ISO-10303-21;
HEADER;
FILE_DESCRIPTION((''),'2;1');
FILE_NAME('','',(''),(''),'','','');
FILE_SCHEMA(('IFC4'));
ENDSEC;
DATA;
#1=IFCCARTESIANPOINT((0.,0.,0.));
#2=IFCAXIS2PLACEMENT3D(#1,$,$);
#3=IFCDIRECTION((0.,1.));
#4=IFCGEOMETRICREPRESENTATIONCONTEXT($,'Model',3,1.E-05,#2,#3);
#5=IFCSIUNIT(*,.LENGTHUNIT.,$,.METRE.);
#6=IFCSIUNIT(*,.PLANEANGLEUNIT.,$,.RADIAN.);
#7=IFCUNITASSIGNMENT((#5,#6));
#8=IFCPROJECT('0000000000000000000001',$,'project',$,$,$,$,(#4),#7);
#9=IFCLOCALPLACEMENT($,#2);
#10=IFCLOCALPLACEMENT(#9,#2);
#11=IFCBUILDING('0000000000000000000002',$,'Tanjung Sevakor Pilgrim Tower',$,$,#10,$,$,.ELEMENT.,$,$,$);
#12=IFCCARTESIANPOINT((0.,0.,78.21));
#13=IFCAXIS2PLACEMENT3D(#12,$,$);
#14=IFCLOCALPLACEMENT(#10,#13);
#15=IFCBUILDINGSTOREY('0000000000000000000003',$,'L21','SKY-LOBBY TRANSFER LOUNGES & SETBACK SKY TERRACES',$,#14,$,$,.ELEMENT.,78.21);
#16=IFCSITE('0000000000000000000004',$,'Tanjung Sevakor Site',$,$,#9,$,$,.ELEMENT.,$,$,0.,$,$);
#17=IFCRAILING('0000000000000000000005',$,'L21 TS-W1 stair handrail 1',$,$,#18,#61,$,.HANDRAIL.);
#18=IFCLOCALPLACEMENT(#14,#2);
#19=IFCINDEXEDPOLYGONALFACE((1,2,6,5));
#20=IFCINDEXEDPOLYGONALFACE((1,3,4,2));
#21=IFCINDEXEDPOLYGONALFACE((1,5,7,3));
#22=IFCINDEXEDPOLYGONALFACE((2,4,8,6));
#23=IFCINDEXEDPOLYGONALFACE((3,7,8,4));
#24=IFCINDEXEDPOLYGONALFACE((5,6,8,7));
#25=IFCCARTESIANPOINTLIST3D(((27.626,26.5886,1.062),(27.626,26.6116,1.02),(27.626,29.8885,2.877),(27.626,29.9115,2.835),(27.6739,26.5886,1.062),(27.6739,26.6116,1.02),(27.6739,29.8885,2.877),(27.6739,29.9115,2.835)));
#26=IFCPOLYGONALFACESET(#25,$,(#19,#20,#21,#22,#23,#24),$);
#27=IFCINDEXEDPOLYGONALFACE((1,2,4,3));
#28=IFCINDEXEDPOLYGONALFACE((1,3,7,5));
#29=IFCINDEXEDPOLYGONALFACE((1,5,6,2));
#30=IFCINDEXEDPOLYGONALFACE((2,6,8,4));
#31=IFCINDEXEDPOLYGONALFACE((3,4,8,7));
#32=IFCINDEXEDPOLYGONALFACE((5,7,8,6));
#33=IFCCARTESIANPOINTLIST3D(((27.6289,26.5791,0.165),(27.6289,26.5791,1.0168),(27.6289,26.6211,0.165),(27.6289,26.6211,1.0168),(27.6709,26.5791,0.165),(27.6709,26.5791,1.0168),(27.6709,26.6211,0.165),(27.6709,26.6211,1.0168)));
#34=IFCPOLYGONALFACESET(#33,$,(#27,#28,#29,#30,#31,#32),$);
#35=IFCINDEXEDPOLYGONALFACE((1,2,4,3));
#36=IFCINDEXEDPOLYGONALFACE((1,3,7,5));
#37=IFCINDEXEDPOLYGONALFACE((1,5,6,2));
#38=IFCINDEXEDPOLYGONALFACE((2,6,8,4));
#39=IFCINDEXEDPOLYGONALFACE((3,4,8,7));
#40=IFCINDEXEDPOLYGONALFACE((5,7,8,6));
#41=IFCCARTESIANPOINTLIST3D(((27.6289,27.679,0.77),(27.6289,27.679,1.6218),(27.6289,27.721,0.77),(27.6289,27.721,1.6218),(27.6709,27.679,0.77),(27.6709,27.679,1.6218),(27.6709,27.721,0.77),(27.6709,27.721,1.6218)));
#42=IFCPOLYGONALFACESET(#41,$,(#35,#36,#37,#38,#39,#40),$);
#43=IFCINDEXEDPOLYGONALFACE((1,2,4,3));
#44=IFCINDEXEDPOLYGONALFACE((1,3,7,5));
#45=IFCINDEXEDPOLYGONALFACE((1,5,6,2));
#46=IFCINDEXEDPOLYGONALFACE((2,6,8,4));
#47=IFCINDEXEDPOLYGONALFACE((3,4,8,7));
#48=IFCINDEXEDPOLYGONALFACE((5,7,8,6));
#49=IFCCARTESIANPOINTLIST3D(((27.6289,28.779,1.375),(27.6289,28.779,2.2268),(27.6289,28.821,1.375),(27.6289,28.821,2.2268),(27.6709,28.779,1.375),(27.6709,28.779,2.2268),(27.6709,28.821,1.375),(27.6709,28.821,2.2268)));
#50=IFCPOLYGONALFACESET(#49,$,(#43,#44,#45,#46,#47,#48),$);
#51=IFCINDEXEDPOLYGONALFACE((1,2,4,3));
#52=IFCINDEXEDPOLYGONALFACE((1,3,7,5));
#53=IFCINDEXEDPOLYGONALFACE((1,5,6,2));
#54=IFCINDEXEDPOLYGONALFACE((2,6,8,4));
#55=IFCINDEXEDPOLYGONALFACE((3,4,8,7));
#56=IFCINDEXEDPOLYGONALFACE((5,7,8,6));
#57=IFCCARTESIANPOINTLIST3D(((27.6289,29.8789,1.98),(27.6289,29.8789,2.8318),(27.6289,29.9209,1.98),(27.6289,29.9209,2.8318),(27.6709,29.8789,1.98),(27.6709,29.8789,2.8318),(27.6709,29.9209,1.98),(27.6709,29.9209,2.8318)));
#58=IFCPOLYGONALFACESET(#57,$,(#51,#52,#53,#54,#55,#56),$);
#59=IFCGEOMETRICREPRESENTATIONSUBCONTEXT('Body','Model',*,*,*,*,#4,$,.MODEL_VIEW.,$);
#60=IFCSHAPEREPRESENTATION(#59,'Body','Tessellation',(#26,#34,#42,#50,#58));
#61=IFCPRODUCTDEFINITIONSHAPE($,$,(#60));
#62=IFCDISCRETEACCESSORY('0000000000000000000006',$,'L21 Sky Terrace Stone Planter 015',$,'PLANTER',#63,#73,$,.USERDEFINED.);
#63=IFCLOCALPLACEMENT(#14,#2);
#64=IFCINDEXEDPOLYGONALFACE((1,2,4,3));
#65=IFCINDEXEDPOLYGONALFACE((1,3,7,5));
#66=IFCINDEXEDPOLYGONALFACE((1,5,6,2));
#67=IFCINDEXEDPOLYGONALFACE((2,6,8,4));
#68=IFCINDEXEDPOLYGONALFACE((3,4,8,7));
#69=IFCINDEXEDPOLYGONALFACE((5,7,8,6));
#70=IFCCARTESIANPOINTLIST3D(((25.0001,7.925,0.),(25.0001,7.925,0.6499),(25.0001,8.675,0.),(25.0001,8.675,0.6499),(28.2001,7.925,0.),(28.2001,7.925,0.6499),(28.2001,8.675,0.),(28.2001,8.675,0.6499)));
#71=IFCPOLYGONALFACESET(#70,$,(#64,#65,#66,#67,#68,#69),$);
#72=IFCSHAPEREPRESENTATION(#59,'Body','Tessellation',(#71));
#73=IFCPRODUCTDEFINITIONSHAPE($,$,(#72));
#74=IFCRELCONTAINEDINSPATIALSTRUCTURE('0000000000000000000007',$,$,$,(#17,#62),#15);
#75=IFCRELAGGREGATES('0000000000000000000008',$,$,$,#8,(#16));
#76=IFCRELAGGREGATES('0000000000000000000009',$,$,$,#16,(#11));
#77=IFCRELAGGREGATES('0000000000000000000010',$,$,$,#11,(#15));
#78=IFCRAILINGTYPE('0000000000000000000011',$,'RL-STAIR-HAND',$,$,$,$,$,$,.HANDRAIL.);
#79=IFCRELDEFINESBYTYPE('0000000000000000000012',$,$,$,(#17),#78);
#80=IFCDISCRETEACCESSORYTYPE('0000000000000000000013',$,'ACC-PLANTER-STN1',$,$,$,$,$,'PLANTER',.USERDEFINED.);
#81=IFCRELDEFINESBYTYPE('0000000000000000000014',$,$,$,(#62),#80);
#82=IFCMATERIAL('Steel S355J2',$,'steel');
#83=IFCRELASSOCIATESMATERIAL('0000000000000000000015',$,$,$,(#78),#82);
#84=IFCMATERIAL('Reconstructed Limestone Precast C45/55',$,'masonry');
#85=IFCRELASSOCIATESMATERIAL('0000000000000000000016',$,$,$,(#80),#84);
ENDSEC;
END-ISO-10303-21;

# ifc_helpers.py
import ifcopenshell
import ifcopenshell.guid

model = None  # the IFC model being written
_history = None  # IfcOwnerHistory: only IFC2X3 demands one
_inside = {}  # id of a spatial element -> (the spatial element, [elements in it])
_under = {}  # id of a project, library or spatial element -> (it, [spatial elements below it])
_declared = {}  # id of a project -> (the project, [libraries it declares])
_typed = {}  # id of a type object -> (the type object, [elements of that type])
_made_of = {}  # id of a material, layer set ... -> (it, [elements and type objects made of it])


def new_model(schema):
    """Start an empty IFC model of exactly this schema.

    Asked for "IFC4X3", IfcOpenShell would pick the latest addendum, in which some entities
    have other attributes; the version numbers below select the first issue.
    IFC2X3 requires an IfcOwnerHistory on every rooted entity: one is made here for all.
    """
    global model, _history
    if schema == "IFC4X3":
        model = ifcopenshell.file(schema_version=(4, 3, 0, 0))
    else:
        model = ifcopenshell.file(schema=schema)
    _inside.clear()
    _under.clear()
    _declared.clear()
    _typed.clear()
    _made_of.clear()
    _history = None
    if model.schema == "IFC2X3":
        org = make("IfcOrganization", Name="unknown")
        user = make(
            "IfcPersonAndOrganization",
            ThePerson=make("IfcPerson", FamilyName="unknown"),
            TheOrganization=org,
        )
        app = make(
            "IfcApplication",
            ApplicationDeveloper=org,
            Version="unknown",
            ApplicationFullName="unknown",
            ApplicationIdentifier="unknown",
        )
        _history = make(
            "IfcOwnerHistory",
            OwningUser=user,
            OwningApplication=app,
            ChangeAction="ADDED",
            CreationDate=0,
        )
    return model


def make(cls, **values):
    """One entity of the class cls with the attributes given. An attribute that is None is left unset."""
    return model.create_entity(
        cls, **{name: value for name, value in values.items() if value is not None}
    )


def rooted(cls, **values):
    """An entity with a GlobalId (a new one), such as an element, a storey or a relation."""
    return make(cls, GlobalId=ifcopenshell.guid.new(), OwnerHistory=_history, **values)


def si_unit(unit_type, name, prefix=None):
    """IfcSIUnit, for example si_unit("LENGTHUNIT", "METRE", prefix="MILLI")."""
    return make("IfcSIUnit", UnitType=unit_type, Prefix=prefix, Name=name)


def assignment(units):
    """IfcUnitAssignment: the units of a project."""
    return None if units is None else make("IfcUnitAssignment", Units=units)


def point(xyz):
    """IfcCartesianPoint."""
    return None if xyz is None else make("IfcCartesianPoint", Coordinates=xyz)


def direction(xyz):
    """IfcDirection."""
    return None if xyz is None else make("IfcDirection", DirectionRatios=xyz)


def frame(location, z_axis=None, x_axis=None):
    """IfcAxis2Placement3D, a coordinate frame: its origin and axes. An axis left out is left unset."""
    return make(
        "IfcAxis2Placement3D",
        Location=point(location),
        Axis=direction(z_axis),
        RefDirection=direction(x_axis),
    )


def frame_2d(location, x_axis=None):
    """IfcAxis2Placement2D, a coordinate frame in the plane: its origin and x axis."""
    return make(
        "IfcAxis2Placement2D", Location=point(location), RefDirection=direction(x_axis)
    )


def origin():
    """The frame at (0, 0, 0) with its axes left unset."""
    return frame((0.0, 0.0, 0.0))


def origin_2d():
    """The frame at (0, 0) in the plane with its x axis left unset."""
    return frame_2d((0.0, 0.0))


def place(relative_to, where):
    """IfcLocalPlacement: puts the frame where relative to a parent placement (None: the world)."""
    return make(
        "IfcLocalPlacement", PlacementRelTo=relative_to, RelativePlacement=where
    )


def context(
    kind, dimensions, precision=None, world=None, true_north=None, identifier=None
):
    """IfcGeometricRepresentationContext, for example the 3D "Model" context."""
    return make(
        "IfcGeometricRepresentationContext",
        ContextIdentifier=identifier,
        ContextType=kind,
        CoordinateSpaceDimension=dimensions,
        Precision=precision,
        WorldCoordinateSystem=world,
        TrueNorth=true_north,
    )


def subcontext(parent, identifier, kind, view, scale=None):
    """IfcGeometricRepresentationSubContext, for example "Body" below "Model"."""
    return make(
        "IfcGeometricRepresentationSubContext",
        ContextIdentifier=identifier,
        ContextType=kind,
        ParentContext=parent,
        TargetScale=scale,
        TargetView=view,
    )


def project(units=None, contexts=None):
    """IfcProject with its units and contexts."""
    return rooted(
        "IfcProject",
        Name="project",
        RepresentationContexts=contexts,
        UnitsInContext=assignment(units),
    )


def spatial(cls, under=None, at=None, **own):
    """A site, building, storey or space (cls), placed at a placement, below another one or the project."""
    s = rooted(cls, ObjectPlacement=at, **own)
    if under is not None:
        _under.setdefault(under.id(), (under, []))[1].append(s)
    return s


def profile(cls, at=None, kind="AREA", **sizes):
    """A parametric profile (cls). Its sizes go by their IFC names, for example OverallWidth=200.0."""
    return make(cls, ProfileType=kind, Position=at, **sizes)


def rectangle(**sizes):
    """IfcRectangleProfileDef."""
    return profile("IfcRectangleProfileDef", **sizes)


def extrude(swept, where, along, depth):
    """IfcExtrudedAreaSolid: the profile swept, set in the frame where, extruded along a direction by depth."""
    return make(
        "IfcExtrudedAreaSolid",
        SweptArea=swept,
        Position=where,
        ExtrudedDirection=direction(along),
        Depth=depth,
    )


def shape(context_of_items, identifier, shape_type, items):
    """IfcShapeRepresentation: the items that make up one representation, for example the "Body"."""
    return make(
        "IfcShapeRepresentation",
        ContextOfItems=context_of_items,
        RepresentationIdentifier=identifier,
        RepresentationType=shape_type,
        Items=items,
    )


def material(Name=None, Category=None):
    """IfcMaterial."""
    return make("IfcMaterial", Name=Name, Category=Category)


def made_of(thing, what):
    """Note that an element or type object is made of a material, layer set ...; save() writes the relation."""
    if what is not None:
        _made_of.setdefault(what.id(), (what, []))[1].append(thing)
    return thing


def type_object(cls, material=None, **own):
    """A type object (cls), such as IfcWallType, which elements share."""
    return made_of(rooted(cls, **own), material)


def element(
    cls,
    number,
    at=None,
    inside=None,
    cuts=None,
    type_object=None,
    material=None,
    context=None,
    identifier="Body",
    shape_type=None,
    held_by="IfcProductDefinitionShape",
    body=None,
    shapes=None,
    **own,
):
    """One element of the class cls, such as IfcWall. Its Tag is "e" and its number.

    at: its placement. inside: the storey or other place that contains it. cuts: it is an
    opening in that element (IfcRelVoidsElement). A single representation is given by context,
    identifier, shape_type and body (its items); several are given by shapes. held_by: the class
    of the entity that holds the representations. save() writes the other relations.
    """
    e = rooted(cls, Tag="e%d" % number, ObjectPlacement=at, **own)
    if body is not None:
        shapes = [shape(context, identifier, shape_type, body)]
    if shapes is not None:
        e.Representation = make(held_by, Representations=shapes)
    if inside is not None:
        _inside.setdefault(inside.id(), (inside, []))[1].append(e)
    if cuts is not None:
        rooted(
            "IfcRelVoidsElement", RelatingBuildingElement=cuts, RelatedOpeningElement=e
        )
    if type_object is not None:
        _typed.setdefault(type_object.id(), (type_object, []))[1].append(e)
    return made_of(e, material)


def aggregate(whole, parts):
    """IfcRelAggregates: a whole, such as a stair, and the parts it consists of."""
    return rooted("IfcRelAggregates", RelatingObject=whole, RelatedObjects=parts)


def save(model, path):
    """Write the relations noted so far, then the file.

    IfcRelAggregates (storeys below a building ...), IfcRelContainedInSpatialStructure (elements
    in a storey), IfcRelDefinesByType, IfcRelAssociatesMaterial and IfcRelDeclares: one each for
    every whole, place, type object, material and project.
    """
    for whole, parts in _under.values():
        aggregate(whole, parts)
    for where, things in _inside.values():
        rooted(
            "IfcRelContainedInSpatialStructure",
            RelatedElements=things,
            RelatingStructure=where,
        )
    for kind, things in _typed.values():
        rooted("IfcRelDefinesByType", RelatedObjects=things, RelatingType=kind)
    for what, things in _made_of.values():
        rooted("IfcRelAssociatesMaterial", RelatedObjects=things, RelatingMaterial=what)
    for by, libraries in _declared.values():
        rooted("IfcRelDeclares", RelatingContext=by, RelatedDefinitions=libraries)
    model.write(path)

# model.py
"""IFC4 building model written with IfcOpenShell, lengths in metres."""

from ifc_helpers import new_model, si_unit, direction, frame, origin, origin_2d, place, context, subcontext, project, spatial, rectangle, extrude, material, type_object, element, save


model = new_model("IFC4")

# Units and contexts
model_context = context("Model", 3, precision=1e-05, world=origin(), true_north=direction((0.0, 1.0)))
body_context = subcontext(model_context, "Body", "Model", "MODEL_VIEW")
ifc_project = project(units=[si_unit("LENGTHUNIT", "METRE"), si_unit("PLANEANGLEUNIT", "RADIAN")], contexts=[model_context])

# Site, building, storey
site_placement = place(None, origin())
site = spatial("IfcSite", under=ifc_project, at=site_placement, Name="Tanjung Sevakor Site", CompositionType="ELEMENT", RefElevation=0.0)
building_placement = place(site_placement, origin())
building = spatial("IfcBuilding", under=site, at=building_placement, Name="Tanjung Sevakor Pilgrim Tower", CompositionType="ELEMENT")
storey_placement = place(building_placement, frame((0.0, 0.0, 78.21)))
storey = spatial("IfcBuildingStorey", under=building, at=storey_placement, Name="L21", Description="SKY-LOBBY TRANSFER LOUNGES & SETBACK SKY TERRACES", CompositionType="ELEMENT", Elevation=78.21)

# Railing
ifc_material_1 = material(Name="Steel S355J2", Category="steel")
railing_type_1 = type_object("IfcRailingType", Name="RL-STAIR-HAND", PredefinedType="HANDRAIL", material=ifc_material_1)
railing_1_placement = place(storey_placement, frame((27.6499, 26.6001, 0.165)))
element("IfcRailing", 1, at=railing_1_placement, inside=storey, type_object=railing_type_1, Name="L21 TS-W1 stair handrail 1", PredefinedType="HANDRAIL", context=body_context, shape_type="SweptSolid", body=[
    extrude(rectangle(XDim=0.0479, YDim=0.0479), frame((0.0, 0.0, 0.876), z_axis=(0.0, 0.87621, 0.481929), x_axis=(-1.0, 0.0, 0.0)), (0.0, 0.0, 1.0), 3.7661),
    extrude(rectangle(XDim=0.042, YDim=0.042), origin(), (0.0, 0.0, 1.0), 0.8518),
    extrude(rectangle(XDim=0.042, YDim=0.042), frame((0.0, 1.0999, 0.605)), (0.0, 0.0, 1.0), 0.8518),
    extrude(rectangle(XDim=0.042, YDim=0.042), frame((0.0, 2.2, 1.21)), (0.0, 0.0, 1.0), 0.8518),
    extrude(rectangle(XDim=0.042, YDim=0.042), frame((0.0, 3.2998, 1.8149)), (0.0, 0.0, 1.0), 0.8518),
])

# Discrete accessory
ifc_material_2 = material(Name="Reconstructed Limestone Precast C45/55", Category="masonry")
discrete_accessory_type = type_object("IfcDiscreteAccessoryType", Name="ACC-PLANTER-STN1", ElementType="PLANTER", PredefinedType="USERDEFINED", material=ifc_material_2)
discrete_accessory_placement = place(storey_placement, frame((26.6001, 8.3, 0.0), z_axis=(0.0, 0.0, 1.0), x_axis=(1.0, 0.0, 0.0)))
element("IfcDiscreteAccessory", 2, at=discrete_accessory_placement, inside=storey, type_object=discrete_accessory_type, Name="L21 Sky Terrace Stone Planter 015", ObjectType="PLANTER", PredefinedType="USERDEFINED", context=body_context, shape_type="SweptSolid", body=[
    extrude(rectangle(XDim=3.2, YDim=0.75, at=origin_2d()), origin(), (0.0, 0.0, 1.0), 0.6499),
])

save(model, "model.ifc")
